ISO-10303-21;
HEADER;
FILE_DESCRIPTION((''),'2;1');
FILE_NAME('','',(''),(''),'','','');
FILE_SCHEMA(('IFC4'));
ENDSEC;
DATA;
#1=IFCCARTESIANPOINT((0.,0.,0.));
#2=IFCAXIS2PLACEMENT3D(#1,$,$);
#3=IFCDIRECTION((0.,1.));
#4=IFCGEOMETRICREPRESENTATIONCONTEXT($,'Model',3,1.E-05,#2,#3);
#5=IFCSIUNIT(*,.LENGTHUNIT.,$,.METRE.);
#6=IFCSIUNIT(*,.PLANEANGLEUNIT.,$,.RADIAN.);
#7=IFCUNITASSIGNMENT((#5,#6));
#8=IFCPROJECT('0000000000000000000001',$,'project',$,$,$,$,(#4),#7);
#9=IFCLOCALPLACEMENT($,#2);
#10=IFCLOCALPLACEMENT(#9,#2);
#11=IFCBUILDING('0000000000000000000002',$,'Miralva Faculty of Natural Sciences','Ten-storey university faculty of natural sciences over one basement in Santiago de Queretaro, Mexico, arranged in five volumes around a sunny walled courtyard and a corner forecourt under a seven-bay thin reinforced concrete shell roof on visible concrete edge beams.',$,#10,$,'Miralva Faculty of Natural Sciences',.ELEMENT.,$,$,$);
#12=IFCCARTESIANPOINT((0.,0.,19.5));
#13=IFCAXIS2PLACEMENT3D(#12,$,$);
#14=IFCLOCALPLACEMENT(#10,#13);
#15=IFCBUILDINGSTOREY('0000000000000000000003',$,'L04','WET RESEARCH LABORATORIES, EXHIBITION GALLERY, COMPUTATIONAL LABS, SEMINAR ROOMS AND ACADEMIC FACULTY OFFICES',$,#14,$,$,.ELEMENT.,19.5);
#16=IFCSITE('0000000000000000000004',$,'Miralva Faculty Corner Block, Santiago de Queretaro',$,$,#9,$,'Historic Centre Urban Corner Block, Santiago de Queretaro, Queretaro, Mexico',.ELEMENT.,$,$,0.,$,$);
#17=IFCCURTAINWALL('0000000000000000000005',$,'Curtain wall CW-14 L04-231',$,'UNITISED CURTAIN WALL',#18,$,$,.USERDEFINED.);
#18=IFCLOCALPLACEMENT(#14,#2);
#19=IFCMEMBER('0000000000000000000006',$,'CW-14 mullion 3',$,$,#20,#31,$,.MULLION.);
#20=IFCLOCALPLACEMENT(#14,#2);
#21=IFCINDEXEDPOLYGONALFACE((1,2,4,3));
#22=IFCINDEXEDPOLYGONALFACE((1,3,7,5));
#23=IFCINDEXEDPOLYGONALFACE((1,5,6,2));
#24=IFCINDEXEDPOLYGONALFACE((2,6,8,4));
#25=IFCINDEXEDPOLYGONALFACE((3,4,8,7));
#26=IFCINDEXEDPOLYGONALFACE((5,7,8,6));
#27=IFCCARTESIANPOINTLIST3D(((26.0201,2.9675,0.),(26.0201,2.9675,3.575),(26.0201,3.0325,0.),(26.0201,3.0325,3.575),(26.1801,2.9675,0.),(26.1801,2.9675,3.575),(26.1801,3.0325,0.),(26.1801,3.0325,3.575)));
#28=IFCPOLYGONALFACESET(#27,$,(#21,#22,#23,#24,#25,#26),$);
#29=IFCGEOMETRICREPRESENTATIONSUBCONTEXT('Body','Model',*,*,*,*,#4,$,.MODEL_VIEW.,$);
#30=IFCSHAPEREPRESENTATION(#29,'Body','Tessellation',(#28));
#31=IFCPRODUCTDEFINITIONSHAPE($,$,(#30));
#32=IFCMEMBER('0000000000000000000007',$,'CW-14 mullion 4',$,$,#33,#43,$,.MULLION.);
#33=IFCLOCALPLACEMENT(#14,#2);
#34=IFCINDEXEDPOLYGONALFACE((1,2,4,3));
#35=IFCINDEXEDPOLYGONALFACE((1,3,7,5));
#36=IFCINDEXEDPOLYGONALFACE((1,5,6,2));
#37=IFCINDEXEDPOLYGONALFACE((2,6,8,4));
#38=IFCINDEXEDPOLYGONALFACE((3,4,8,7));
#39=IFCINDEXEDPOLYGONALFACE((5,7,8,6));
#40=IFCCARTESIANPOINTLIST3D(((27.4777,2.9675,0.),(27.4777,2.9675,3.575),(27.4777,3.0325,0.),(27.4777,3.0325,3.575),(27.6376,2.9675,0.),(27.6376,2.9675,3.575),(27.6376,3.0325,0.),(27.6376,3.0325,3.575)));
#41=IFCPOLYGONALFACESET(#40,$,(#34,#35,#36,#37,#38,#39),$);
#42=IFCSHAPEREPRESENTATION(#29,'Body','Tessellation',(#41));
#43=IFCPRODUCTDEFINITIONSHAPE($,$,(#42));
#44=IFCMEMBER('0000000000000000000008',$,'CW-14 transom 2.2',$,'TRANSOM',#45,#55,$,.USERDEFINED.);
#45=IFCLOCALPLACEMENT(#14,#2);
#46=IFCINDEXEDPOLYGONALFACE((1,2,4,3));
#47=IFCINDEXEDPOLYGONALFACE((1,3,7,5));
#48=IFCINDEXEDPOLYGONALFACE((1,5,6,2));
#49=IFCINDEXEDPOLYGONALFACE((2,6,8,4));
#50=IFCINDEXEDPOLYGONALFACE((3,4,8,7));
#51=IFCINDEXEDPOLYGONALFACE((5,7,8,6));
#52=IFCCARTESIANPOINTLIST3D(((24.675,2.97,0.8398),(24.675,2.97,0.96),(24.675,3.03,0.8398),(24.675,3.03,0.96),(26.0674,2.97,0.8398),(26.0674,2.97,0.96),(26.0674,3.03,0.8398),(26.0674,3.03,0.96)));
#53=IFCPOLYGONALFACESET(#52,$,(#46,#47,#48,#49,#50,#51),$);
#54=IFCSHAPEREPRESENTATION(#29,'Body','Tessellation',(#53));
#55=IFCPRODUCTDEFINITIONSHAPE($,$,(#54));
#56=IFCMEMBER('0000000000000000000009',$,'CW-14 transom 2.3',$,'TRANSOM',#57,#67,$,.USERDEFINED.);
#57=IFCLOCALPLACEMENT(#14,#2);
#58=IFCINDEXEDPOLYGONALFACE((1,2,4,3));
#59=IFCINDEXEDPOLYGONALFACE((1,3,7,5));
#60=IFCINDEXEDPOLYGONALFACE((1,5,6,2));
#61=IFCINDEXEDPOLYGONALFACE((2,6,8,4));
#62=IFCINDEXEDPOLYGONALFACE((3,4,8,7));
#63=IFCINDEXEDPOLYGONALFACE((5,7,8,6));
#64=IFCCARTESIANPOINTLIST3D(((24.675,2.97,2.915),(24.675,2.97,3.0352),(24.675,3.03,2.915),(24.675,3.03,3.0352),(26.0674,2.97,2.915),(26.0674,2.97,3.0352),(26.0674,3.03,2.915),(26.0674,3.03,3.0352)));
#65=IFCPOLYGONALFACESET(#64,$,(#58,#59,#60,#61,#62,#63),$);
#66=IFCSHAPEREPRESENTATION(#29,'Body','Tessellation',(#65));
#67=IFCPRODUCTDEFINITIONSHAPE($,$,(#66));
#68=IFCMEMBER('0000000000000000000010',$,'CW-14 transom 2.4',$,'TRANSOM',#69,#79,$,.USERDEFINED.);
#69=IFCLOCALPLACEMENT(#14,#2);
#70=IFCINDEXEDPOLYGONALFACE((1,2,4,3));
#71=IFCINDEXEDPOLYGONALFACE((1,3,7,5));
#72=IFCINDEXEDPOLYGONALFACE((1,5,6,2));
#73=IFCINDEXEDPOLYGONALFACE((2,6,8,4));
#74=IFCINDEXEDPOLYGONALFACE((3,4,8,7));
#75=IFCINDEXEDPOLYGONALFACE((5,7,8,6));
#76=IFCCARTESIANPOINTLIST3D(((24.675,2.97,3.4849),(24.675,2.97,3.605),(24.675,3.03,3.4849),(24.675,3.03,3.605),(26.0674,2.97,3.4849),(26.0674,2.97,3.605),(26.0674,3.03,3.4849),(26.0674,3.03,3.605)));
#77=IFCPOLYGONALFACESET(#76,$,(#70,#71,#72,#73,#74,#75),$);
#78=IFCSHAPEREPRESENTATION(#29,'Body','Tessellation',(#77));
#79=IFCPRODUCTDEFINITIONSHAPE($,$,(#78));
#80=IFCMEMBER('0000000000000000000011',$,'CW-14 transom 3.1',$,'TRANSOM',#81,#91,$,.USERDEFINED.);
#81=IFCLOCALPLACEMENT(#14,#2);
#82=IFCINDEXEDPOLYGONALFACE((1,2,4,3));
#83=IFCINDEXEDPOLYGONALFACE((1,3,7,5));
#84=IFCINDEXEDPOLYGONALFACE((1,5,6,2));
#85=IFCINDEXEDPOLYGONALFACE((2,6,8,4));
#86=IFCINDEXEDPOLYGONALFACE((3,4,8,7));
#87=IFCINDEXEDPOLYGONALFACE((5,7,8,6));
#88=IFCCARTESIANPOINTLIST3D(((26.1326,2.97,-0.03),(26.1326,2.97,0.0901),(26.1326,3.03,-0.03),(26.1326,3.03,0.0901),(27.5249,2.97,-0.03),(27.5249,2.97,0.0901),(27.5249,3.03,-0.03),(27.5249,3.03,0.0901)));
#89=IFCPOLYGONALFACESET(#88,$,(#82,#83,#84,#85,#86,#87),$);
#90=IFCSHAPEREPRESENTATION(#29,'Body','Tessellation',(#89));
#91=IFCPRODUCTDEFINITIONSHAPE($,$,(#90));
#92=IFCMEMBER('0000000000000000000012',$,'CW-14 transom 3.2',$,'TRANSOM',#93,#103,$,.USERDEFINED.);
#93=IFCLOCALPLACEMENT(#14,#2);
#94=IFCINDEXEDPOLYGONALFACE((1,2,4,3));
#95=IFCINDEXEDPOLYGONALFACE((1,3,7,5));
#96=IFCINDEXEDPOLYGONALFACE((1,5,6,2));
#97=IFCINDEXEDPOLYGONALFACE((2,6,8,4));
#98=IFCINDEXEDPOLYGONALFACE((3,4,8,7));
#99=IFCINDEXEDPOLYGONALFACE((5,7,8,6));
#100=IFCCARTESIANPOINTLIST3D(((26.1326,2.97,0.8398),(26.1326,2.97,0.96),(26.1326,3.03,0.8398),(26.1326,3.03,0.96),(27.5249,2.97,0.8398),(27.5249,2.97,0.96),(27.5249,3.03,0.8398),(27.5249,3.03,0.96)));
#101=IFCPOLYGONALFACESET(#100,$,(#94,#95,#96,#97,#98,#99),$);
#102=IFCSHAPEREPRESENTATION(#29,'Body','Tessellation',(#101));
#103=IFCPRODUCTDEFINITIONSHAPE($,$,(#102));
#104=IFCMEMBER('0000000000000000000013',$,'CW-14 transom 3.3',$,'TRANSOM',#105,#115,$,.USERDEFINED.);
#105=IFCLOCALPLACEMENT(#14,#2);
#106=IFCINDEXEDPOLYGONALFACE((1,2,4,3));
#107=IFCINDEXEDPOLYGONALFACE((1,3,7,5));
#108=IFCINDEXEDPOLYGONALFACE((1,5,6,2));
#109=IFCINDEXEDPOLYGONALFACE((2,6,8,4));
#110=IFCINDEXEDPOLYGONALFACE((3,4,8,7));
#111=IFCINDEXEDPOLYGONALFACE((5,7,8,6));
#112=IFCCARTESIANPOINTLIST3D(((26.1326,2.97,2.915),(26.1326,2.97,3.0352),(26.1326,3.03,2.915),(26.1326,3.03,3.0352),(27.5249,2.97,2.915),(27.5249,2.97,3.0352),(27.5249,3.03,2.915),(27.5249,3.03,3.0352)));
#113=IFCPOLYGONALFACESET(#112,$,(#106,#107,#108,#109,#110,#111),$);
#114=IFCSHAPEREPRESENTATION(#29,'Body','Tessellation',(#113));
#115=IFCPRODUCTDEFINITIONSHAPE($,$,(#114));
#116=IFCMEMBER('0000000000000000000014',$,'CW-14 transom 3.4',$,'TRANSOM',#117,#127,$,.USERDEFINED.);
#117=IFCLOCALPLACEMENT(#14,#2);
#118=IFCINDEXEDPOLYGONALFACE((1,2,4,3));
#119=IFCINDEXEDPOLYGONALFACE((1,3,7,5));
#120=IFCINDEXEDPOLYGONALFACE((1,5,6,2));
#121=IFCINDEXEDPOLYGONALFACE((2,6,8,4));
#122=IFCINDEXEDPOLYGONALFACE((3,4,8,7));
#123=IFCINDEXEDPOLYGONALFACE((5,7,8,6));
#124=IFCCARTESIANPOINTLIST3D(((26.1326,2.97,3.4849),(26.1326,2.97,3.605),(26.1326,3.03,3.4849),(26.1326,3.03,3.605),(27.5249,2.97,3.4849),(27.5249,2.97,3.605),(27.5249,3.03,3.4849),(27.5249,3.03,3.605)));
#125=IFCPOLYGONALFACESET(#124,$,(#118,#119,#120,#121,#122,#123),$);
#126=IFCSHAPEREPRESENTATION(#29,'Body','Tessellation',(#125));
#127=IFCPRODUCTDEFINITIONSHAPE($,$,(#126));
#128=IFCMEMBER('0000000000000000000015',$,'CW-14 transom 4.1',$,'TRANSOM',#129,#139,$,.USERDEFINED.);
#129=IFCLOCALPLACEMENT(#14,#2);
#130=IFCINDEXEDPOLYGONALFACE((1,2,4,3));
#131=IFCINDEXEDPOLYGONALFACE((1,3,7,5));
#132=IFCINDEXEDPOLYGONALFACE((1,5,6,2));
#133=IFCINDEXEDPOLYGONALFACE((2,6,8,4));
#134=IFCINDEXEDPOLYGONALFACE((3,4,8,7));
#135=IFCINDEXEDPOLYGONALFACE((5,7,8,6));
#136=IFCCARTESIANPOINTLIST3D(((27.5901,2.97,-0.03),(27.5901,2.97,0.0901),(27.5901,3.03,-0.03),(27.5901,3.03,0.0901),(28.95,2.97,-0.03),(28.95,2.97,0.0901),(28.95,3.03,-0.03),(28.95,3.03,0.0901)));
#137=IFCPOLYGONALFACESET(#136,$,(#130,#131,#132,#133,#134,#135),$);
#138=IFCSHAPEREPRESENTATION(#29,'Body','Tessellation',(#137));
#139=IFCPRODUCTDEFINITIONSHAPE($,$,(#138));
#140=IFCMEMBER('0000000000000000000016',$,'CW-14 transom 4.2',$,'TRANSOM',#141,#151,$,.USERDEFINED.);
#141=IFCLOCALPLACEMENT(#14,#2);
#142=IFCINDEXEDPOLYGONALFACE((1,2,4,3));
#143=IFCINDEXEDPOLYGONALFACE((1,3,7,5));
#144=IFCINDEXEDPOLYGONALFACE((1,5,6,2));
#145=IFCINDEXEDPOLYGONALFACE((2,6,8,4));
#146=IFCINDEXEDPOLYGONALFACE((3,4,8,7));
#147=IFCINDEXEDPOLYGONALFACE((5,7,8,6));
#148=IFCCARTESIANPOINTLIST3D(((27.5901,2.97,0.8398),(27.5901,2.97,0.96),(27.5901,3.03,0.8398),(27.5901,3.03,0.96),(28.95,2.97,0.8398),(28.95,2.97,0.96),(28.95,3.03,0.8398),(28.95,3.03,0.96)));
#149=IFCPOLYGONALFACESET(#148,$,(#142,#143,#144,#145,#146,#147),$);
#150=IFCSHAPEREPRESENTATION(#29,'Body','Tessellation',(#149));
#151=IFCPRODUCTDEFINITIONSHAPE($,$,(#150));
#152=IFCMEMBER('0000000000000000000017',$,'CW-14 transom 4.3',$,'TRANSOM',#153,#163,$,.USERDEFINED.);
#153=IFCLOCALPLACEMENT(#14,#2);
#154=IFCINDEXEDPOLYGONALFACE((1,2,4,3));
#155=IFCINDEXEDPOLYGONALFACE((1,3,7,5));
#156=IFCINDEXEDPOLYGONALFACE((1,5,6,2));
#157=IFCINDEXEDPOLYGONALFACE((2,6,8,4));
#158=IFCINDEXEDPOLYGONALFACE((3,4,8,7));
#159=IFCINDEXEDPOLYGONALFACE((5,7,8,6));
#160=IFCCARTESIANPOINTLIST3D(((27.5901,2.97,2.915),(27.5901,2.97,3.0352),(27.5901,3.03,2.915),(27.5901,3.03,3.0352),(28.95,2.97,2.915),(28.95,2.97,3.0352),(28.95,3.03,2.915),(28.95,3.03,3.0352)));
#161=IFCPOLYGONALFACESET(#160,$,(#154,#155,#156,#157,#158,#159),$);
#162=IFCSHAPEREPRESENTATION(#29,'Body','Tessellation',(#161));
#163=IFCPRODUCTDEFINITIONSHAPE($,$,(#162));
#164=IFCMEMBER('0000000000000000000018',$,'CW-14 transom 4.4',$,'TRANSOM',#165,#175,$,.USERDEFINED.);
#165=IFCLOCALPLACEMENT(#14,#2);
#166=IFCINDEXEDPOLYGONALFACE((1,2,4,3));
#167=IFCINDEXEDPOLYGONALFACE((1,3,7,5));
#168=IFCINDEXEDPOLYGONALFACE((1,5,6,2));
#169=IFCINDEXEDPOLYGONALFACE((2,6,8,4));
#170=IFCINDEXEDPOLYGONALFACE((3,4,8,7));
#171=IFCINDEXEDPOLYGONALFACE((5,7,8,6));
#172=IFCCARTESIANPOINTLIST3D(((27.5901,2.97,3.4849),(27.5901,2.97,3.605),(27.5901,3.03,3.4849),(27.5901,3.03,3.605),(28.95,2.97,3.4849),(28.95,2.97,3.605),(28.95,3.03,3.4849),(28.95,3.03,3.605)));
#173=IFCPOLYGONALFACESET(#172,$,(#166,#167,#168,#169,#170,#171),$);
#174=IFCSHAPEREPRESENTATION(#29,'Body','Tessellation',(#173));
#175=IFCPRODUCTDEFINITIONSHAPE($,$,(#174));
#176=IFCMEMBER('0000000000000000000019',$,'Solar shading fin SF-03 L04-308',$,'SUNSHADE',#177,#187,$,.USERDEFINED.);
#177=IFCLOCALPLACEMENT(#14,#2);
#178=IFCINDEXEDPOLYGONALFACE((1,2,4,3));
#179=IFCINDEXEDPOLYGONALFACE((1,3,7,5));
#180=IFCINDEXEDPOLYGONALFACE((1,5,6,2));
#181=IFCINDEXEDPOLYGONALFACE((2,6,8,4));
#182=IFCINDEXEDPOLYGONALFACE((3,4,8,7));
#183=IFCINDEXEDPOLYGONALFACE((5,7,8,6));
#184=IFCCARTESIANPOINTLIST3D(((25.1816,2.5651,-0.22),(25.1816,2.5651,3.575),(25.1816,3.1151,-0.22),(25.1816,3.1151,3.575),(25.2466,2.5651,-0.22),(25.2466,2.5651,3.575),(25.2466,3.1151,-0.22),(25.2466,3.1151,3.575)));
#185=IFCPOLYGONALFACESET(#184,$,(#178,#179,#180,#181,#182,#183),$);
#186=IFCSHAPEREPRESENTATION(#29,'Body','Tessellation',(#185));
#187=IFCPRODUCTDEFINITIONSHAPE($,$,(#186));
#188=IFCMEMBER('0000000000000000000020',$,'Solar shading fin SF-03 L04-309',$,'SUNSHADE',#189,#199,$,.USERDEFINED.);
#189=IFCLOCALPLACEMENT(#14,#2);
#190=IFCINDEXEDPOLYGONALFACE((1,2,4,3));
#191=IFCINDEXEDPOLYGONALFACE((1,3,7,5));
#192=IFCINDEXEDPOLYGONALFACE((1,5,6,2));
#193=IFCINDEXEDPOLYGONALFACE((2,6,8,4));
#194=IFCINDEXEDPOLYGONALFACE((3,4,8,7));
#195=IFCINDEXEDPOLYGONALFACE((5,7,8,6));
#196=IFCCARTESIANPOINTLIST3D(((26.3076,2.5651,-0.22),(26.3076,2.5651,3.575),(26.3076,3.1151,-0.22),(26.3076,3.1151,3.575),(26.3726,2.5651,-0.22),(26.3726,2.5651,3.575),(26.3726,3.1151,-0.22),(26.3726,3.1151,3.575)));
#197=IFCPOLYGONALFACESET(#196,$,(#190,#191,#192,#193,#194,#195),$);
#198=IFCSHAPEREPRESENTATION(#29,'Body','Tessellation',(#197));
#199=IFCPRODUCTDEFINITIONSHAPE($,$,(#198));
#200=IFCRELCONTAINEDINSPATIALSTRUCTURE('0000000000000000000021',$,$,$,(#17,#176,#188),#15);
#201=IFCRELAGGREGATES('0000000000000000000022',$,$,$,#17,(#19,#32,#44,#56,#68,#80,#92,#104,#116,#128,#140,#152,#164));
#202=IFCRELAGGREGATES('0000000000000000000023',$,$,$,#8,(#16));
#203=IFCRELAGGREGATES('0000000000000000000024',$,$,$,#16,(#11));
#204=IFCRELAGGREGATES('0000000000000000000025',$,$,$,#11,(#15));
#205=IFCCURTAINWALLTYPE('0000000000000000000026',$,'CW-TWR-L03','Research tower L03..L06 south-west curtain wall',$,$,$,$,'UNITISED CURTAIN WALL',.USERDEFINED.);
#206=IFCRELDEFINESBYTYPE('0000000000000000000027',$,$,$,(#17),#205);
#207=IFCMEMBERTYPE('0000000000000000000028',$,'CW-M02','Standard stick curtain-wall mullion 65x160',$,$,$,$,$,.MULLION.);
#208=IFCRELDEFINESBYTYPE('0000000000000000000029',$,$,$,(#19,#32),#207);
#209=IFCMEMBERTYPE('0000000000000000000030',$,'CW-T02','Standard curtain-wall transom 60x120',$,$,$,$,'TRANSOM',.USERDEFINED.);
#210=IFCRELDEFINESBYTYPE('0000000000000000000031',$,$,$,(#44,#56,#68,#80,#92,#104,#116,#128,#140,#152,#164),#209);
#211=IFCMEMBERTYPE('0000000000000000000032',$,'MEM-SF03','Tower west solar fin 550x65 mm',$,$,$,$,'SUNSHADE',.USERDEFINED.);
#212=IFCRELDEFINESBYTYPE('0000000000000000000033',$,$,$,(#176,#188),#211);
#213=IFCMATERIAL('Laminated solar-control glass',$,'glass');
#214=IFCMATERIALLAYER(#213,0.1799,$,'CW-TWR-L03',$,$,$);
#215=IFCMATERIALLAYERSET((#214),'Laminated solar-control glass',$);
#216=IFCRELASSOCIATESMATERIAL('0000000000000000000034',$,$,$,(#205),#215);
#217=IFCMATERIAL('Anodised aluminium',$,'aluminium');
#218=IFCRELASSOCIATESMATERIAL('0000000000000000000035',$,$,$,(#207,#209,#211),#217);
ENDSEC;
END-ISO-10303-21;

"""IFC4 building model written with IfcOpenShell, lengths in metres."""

from ifc_helpers import new_model, si_unit, direction, frame, origin, origin_2d, place, context, subcontext, project, spatial, rectangle, extrude, material, layer, layer_set, material_profile, profile_set, type_object, element, aggregate, save


model = new_model("IFC4")

# Units and contexts
model_context = context("Model", 3, precision=1e-05, world=origin(), true_north=direction((0.0, 1.0)))
body_context = subcontext(model_context, "Body", "Model", "MODEL_VIEW")
ifc_project = project(units=[si_unit("LENGTHUNIT", "METRE"), si_unit("PLANEANGLEUNIT", "RADIAN")], contexts=[model_context])

# Site, building, storey
site_placement = place(None, origin())
site = spatial("IfcSite", under=ifc_project, at=site_placement, Name="Miralva Faculty Corner Block, Santiago de Queretaro", LongName="Historic Centre Urban Corner Block, Santiago de Queretaro, Queretaro, Mexico", CompositionType="ELEMENT", RefElevation=0.0)
building_placement = place(site_placement, origin())
building = spatial("IfcBuilding", under=site, at=building_placement, Name="Miralva Faculty of Natural Sciences", Description="Ten-storey university faculty of natural sciences over one basement in Santiago de Queretaro, Mexico, arranged in five volumes around a sunny walled courtyard and a corner forecourt under a seven-bay thin reinforced concrete shell roof on visible concrete edge beams.", LongName="Miralva Faculty of Natural Sciences", CompositionType="ELEMENT")
storey_placement = place(building_placement, frame((0.0, 0.0, 19.5)))
storey = spatial("IfcBuildingStorey", under=building, at=storey_placement, Name="L04", Description="WET RESEARCH LABORATORIES, EXHIBITION GALLERY, COMPUTATIONAL LABS, SEMINAR ROOMS AND ACADEMIC FACULTY OFFICES", CompositionType="ELEMENT", Elevation=19.5)

# Curtain wall, members
ifc_material_1 = material(Name="Laminated solar-control glass", Category="glass")
ifc_layer_1 = layer(ifc_material_1, 0.1799, Name="CW-TWR-L03")
ifc_layer_set_1 = layer_set([ifc_layer_1], Name="Laminated solar-control glass")
curtain_wall_type = type_object("IfcCurtainWallType", Name="CW-TWR-L03", Description="Research tower L03..L06 south-west curtain wall", ElementType="UNITISED CURTAIN WALL", PredefinedType="USERDEFINED", material=ifc_layer_set_1)
curtain_wall_placement = place(storey_placement, origin())
curtain_wall = element("IfcCurtainWall", 1, at=curtain_wall_placement, inside=storey, type_object=curtain_wall_type, Name="Curtain wall CW-14 L04-231", ObjectType="UNITISED CURTAIN WALL", PredefinedType="USERDEFINED")
ifc_material_2 = material(Name="Anodised aluminium", Category="aluminium")
ifc_material_profile_1 = material_profile(ifc_material_2, rectangle(XDim=0.0649, YDim=0.1599, at=origin_2d()), Name="MULLION 65x160")
ifc_profile_set_1 = profile_set([ifc_material_profile_1], Name="Anodised aluminium")
member_type_1 = type_object("IfcMemberType", Name="CW-M02", Description="Standard stick curtain-wall mullion 65x160", PredefinedType="MULLION", material=ifc_profile_set_1)
member_1_placement = place(storey_placement, frame((26.1001, 3.0, 0.0), z_axis=(0.0, 0.0, 1.0), x_axis=(0.0, 1.0, 0.0)))
member_1 = element("IfcMember", 2, at=member_1_placement, type_object=member_type_1, Name="CW-14 mullion 3", PredefinedType="MULLION", context=body_context, shape_type="SweptSolid", body=[
    extrude(rectangle(XDim=0.0649, YDim=0.1599, at=origin_2d()), origin(), (0.0, 0.0, 1.0), 3.575),
])
member_2_placement = place(storey_placement, frame((27.5576, 3.0, 0.0), z_axis=(0.0, 0.0, 1.0), x_axis=(0.0, 1.0, 0.0)))
member_2 = element("IfcMember", 3, at=member_2_placement, type_object=member_type_1, Name="CW-14 mullion 4", PredefinedType="MULLION", context=body_context, shape_type="SweptSolid", body=[
    extrude(rectangle(XDim=0.0649, YDim=0.1599, at=origin_2d()), origin(), (0.0, 0.0, 1.0), 3.575),
])
ifc_material_profile_2 = material_profile(ifc_material_2, rectangle(XDim=0.0601, YDim=0.1201, at=origin_2d()), Name="TRANSOM 60x120")
ifc_profile_set_2 = profile_set([ifc_material_profile_2], Name="Anodised aluminium")
member_type_2 = type_object("IfcMemberType", Name="CW-T02", Description="Standard curtain-wall transom 60x120", ElementType="TRANSOM", PredefinedType="USERDEFINED", material=ifc_profile_set_2)
member_3_placement = place(storey_placement, frame((24.675, 3.0, 0.8999), z_axis=(1.0, 0.0, 0.0), x_axis=(0.0, 1.0, 0.0)))
member_3 = element("IfcMember", 4, at=member_3_placement, type_object=member_type_2, Name="CW-14 transom 2.2", ObjectType="TRANSOM", PredefinedType="USERDEFINED", context=body_context, shape_type="SweptSolid", body=[
    extrude(rectangle(XDim=0.0601, YDim=0.1201, at=origin_2d()), origin(), (0.0, 0.0, 1.0), 1.3923),
])
member_4_placement = place(storey_placement, frame((24.675, 3.0, 2.9751), z_axis=(1.0, 0.0, 0.0), x_axis=(0.0, 1.0, 0.0)))
member_4 = element("IfcMember", 5, at=member_4_placement, type_object=member_type_2, Name="CW-14 transom 2.3", ObjectType="TRANSOM", PredefinedType="USERDEFINED", context=body_context, shape_type="SweptSolid", body=[
    extrude(rectangle(XDim=0.0601, YDim=0.1201, at=origin_2d()), origin(), (0.0, 0.0, 1.0), 1.3923),
])
member_5_placement = place(storey_placement, frame((24.675, 3.0, 3.5449), z_axis=(1.0, 0.0, 0.0), x_axis=(0.0, 1.0, 0.0)))
member_5 = element("IfcMember", 6, at=member_5_placement, type_object=member_type_2, Name="CW-14 transom 2.4", ObjectType="TRANSOM", PredefinedType="USERDEFINED", context=body_context, shape_type="SweptSolid", body=[
    extrude(rectangle(XDim=0.0601, YDim=0.1201, at=origin_2d()), origin(), (0.0, 0.0, 1.0), 1.3923),
])
member_6_placement = place(storey_placement, frame((26.1326, 3.0, 0.03), z_axis=(1.0, 0.0, 0.0), x_axis=(0.0, 1.0, 0.0)))
member_6 = element("IfcMember", 7, at=member_6_placement, type_object=member_type_2, Name="CW-14 transom 3.1", ObjectType="TRANSOM", PredefinedType="USERDEFINED", context=body_context, shape_type="SweptSolid", body=[
    extrude(rectangle(XDim=0.0601, YDim=0.1201, at=origin_2d()), origin(), (0.0, 0.0, 1.0), 1.3923),
])
member_7_placement = place(storey_placement, frame((26.1326, 3.0, 0.8999), z_axis=(1.0, 0.0, 0.0), x_axis=(0.0, 1.0, 0.0)))
member_7 = element("IfcMember", 8, at=member_7_placement, type_object=member_type_2, Name="CW-14 transom 3.2", ObjectType="TRANSOM", PredefinedType="USERDEFINED", context=body_context, shape_type="SweptSolid", body=[
    extrude(rectangle(XDim=0.0601, YDim=0.1201, at=origin_2d()), origin(), (0.0, 0.0, 1.0), 1.3923),
])
member_8_placement = place(storey_placement, frame((26.1326, 3.0, 2.9751), z_axis=(1.0, 0.0, 0.0), x_axis=(0.0, 1.0, 0.0)))
member_8 = element("IfcMember", 9, at=member_8_placement, type_object=member_type_2, Name="CW-14 transom 3.3", ObjectType="TRANSOM", PredefinedType="USERDEFINED", context=body_context, shape_type="SweptSolid", body=[
    extrude(rectangle(XDim=0.0601, YDim=0.1201, at=origin_2d()), origin(), (0.0, 0.0, 1.0), 1.3923),
])
member_9_placement = place(storey_placement, frame((26.1326, 3.0, 3.5449), z_axis=(1.0, 0.0, 0.0), x_axis=(0.0, 1.0, 0.0)))
member_9 = element("IfcMember", 10, at=member_9_placement, type_object=member_type_2, Name="CW-14 transom 3.4", ObjectType="TRANSOM", PredefinedType="USERDEFINED", context=body_context, shape_type="SweptSolid", body=[
    extrude(rectangle(XDim=0.0601, YDim=0.1201, at=origin_2d()), origin(), (0.0, 0.0, 1.0), 1.3923),
])
member_10_placement = place(storey_placement, frame((27.5901, 3.0, 0.03), z_axis=(1.0, 0.0, 0.0), x_axis=(0.0, 1.0, 0.0)))
member_10 = element("IfcMember", 11, at=member_10_placement, type_object=member_type_2, Name="CW-14 transom 4.1", ObjectType="TRANSOM", PredefinedType="USERDEFINED", context=body_context, shape_type="SweptSolid", body=[
    extrude(rectangle(XDim=0.0601, YDim=0.1201, at=origin_2d()), origin(), (0.0, 0.0, 1.0), 1.3599),
])
member_11_placement = place(storey_placement, frame((27.5901, 3.0, 0.8999), z_axis=(1.0, 0.0, 0.0), x_axis=(0.0, 1.0, 0.0)))
member_11 = element("IfcMember", 12, at=member_11_placement, type_object=member_type_2, Name="CW-14 transom 4.2", ObjectType="TRANSOM", PredefinedType="USERDEFINED", context=body_context, shape_type="SweptSolid", body=[
    extrude(rectangle(XDim=0.0601, YDim=0.1201, at=origin_2d()), origin(), (0.0, 0.0, 1.0), 1.3599),
])
member_12_placement = place(storey_placement, frame((27.5901, 3.0, 2.9751), z_axis=(1.0, 0.0, 0.0), x_axis=(0.0, 1.0, 0.0)))
member_12 = element("IfcMember", 13, at=member_12_placement, type_object=member_type_2, Name="CW-14 transom 4.3", ObjectType="TRANSOM", PredefinedType="USERDEFINED", context=body_context, shape_type="SweptSolid", body=[
    extrude(rectangle(XDim=0.0601, YDim=0.1201, at=origin_2d()), origin(), (0.0, 0.0, 1.0), 1.3599),
])
member_13_placement = place(storey_placement, frame((27.5901, 3.0, 3.5449), z_axis=(1.0, 0.0, 0.0), x_axis=(0.0, 1.0, 0.0)))
member_13 = element("IfcMember", 14, at=member_13_placement, type_object=member_type_2, Name="CW-14 transom 4.4", ObjectType="TRANSOM", PredefinedType="USERDEFINED", context=body_context, shape_type="SweptSolid", body=[
    extrude(rectangle(XDim=0.0601, YDim=0.1201, at=origin_2d()), origin(), (0.0, 0.0, 1.0), 1.3599),
])

# Members
ifc_material_profile_3 = material_profile(ifc_material_2, rectangle(XDim=0.0649, YDim=0.55, at=origin_2d()), Name="FIN 550x65")
ifc_profile_set_3 = profile_set([ifc_material_profile_3], Name="Anodised aluminium")
member_type_3 = type_object("IfcMemberType", Name="MEM-SF03", Description="Tower west solar fin 550x65 mm", ElementType="SUNSHADE", PredefinedType="USERDEFINED", material=ifc_profile_set_3)
for number, where, z_axis, x_axis, name in (
    (15, (25.2141, 2.8401, -0.22), (0.0, 0.0, 1.0), (1.0, 0.0, 0.0), "Solar shading fin SF-03 L04-308"),
    (16, (26.3401, 2.8401, -0.22), (0.0, 0.0, 1.0), (1.0, 0.0, 0.0), "Solar shading fin SF-03 L04-309"),
):
    element("IfcMember", number, at=place(storey_placement, frame(where, z_axis=z_axis, x_axis=x_axis)), inside=storey, type_object=member_type_3, Name=name, ObjectType="SUNSHADE", PredefinedType="USERDEFINED", context=body_context, shape_type="SweptSolid", body=[
        extrude(rectangle(XDim=0.0649, YDim=0.55, at=origin_2d()), origin(), (0.0, 0.0, 1.0), 3.7949),
    ])

aggregate(curtain_wall, [member_1, member_2, member_3, member_4, member_5, member_6, member_7, member_8, member_9, member_10, member_11, member_12, member_13])

save(model, "model.ifc")
